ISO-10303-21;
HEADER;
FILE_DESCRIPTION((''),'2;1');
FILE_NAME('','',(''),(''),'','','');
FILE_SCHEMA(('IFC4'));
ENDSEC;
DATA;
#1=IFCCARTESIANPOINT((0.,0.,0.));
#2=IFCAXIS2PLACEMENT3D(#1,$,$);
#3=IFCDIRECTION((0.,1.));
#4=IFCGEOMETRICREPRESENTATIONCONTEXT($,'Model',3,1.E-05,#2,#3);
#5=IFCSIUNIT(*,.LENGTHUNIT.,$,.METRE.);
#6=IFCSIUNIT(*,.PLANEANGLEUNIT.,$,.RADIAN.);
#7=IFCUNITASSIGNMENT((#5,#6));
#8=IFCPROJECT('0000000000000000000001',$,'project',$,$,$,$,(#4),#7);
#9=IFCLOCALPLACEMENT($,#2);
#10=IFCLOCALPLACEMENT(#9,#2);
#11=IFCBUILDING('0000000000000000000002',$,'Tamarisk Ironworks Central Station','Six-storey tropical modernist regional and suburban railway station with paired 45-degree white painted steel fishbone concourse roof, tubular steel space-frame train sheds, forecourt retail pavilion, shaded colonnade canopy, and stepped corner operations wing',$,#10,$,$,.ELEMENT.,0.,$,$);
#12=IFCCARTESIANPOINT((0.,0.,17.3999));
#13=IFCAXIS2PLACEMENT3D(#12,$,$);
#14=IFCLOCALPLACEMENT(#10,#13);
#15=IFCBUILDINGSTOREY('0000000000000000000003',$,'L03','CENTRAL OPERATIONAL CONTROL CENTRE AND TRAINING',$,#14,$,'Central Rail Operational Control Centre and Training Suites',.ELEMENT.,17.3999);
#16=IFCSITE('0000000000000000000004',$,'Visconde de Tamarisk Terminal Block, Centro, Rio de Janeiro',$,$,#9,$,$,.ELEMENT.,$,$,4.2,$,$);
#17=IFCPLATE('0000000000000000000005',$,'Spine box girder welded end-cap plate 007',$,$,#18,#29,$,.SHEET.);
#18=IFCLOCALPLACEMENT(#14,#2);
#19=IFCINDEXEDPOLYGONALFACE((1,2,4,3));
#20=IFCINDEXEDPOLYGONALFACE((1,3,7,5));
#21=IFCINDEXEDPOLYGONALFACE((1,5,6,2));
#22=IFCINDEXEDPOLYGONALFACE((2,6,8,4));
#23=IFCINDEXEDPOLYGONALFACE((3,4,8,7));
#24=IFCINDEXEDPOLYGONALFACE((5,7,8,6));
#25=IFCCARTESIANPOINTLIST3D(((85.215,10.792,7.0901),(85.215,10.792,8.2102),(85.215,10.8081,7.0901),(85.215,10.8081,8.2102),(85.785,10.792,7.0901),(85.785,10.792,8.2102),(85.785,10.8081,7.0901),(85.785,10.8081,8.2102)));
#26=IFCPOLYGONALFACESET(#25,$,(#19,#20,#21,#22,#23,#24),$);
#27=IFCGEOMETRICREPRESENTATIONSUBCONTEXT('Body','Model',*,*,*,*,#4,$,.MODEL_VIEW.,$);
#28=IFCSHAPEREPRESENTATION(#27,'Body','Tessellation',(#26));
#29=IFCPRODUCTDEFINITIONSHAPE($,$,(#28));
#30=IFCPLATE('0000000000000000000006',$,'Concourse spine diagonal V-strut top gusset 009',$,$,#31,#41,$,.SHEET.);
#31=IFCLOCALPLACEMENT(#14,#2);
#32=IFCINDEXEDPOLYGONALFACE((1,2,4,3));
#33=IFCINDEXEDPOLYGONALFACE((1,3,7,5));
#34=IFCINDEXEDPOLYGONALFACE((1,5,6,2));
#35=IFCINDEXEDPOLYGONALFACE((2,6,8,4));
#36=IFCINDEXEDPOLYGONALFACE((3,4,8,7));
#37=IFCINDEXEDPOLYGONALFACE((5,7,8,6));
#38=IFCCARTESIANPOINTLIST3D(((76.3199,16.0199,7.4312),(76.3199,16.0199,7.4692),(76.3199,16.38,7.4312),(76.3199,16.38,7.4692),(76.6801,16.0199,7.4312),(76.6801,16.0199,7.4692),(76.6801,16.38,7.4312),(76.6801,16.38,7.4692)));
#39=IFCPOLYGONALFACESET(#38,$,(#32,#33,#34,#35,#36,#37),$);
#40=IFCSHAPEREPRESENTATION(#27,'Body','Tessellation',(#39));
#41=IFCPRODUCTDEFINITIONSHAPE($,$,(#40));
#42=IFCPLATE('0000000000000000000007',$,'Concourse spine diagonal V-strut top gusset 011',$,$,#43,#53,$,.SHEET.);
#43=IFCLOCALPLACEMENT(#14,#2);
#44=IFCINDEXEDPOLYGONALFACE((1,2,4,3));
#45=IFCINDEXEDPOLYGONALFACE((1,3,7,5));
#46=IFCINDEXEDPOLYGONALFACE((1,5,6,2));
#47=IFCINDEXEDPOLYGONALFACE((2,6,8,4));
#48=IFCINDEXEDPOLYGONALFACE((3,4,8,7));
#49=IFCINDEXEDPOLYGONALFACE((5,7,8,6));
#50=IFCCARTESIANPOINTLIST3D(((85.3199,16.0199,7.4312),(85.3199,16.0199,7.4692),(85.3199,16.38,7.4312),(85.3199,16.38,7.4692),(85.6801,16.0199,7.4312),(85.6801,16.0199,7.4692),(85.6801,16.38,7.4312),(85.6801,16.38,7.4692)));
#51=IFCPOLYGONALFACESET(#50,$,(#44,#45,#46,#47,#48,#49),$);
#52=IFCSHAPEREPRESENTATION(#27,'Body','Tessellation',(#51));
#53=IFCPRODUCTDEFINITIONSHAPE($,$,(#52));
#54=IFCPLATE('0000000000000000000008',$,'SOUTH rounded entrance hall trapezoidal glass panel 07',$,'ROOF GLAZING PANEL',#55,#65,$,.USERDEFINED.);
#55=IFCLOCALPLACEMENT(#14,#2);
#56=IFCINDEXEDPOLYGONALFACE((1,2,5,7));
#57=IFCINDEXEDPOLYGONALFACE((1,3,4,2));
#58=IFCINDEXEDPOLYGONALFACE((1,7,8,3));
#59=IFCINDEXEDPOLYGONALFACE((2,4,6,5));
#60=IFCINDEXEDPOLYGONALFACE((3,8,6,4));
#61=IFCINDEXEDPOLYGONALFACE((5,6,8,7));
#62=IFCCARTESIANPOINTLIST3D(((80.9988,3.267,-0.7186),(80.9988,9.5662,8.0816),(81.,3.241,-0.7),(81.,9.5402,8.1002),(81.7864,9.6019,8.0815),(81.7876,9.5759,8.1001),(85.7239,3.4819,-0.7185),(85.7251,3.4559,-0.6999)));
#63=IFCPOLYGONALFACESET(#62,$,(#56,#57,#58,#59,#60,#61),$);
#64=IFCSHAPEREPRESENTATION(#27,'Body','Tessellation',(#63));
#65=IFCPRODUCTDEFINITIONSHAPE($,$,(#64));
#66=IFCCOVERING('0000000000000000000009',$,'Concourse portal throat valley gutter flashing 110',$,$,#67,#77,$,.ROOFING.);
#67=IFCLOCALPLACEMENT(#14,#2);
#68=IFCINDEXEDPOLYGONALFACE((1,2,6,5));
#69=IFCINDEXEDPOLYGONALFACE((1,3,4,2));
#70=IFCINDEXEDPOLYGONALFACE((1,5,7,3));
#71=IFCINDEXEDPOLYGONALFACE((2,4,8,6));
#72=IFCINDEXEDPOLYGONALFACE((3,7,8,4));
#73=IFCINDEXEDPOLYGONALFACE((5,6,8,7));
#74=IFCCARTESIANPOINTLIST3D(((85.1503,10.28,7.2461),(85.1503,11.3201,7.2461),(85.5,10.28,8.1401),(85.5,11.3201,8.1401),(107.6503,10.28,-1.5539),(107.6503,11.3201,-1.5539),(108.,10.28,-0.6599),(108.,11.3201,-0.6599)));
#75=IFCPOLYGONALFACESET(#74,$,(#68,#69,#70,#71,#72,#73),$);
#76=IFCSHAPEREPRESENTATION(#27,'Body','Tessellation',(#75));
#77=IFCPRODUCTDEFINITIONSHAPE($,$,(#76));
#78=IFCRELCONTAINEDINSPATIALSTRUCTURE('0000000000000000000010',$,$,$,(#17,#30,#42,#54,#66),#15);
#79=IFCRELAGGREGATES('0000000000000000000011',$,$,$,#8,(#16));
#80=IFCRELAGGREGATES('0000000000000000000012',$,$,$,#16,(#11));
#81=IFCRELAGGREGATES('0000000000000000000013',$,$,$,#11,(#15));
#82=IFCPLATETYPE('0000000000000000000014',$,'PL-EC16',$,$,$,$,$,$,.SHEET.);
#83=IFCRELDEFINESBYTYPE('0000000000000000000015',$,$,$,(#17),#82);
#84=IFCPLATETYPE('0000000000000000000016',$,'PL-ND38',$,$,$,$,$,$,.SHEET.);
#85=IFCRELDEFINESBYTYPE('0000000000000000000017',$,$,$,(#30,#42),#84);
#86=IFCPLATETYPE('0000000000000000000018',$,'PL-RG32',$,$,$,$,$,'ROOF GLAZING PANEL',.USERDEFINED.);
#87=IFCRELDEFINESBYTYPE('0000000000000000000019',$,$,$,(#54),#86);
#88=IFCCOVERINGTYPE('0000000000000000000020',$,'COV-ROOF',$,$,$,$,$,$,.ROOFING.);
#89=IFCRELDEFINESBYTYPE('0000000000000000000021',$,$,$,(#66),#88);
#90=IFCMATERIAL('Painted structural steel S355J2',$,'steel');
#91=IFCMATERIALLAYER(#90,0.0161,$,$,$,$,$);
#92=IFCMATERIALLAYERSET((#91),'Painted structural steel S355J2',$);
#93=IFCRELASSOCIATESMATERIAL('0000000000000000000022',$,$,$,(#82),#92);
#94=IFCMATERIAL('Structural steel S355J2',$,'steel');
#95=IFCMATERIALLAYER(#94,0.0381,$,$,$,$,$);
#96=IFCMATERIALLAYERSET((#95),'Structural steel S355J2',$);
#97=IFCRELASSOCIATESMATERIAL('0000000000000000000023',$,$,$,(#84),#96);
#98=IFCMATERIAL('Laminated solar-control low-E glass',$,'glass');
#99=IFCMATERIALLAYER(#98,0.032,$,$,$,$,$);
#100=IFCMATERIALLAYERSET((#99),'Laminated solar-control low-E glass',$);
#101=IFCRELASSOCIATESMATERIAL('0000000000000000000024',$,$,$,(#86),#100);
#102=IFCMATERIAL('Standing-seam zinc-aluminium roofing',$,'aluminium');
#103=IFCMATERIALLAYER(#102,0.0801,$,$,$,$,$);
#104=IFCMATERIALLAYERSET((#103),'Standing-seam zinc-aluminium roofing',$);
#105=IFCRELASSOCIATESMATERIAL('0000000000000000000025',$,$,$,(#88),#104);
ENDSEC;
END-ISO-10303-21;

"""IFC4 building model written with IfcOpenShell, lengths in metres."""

from ifc_helpers import new_model, si_unit, direction, frame, origin, origin_2d, place, context, subcontext, project, spatial, polyline, rectangle, outline, extrude, material, layer, layer_set, type_object, element, save


model = new_model("IFC4")

# Units and contexts
model_context = context("Model", 3, precision=1e-05, world=origin(), true_north=direction((0.0, 1.0)))
body_context = subcontext(model_context, "Body", "Model", "MODEL_VIEW")
ifc_project = project(units=[si_unit("LENGTHUNIT", "METRE"), si_unit("PLANEANGLEUNIT", "RADIAN")], contexts=[model_context])

# Site, building, storey
site_placement = place(None, origin())
site = spatial("IfcSite", under=ifc_project, at=site_placement, Name="Visconde de Tamarisk Terminal Block, Centro, Rio de Janeiro", CompositionType="ELEMENT", RefElevation=4.2)
building_placement = place(site_placement, origin())
building = spatial("IfcBuilding", under=site, at=building_placement, Name="Tamarisk Ironworks Central Station", Description="Six-storey tropical modernist regional and suburban railway station with paired 45-degree white painted steel fishbone concourse roof, tubular steel space-frame train sheds, forecourt retail pavilion, shaded colonnade canopy, and stepped corner operations wing", CompositionType="ELEMENT", ElevationOfRefHeight=0.0)
storey_placement = place(building_placement, frame((0.0, 0.0, 17.3999)))
storey = spatial("IfcBuildingStorey", under=building, at=storey_placement, Name="L03", Description="CENTRAL OPERATIONAL CONTROL CENTRE AND TRAINING", LongName="Central Rail Operational Control Centre and Training Suites", CompositionType="ELEMENT", Elevation=17.3999)

# Shared definitions
ifc_material_1 = material(Name="Structural steel S355J2", Category="steel")

# Shared definitions
ifc_material_2 = material(Name="Painted structural steel S355J2", Category="steel")

# Plates
ifc_layer_1 = layer(ifc_material_2, 0.0161)
ifc_layer_set_1 = layer_set([ifc_layer_1], Name="Painted structural steel S355J2")
plate_type_1 = type_object("IfcPlateType", Name="PL-EC16", PredefinedType="SHEET", material=ifc_layer_set_1)
for number, where, z_axis, x_axis, name in (
    (1, (85.5, 10.8, 7.0901), (0.0, 0.0, 1.0), (1.0, 0.0, 0.0), "Spine box girder welded end-cap plate 007"),
):
    element("IfcPlate", number, at=place(storey_placement, frame(where, z_axis=z_axis, x_axis=x_axis)), inside=storey, type_object=plate_type_1, Name=name, PredefinedType="SHEET", context=body_context, shape_type="SweptSolid", body=[
        extrude(rectangle(XDim=0.5701, YDim=0.0161, at=origin_2d()), origin(), (0.0, 0.0, 1.0), 1.1201),
    ])
ifc_layer_2 = layer(ifc_material_1, 0.0381)
ifc_layer_set_2 = layer_set([ifc_layer_2], Name="Structural steel S355J2")
plate_type_2 = type_object("IfcPlateType", Name="PL-ND38", PredefinedType="SHEET", material=ifc_layer_set_2)
for number, where, z_axis, x_axis, name in (
    (2, (76.5, 16.2, 7.4312), (0.0, 0.0, 1.0), (1.0, 0.0, 0.0), "Concourse spine diagonal V-strut top gusset 009"),
    (3, (85.5, 16.2, 7.4312), (0.0, 0.0, 1.0), (1.0, 0.0, 0.0), "Concourse spine diagonal V-strut top gusset 011"),
):
    element("IfcPlate", number, at=place(storey_placement, frame(where, z_axis=z_axis, x_axis=x_axis)), inside=storey, type_object=plate_type_2, Name=name, PredefinedType="SHEET", context=body_context, shape_type="SweptSolid", body=[
        extrude(rectangle(XDim=0.3601, YDim=0.3601, at=origin_2d()), origin(), (0.0, 0.0, 1.0), 0.0381),
    ])
ifc_material_3 = material(Name="Laminated solar-control low-E glass", Category="glass")
ifc_layer_3 = layer(ifc_material_3, 0.032)
ifc_layer_set_3 = layer_set([ifc_layer_3], Name="Laminated solar-control low-E glass")
plate_type_3 = type_object("IfcPlateType", Name="PL-RG32", ElementType="ROOF GLAZING PANEL", PredefinedType="USERDEFINED", material=ifc_layer_set_3)
plate_placement = place(storey_placement, frame((81.0, 3.241, -0.7), z_axis=(0.036959, -0.812592, 0.581659), x_axis=(0.998967, 0.045448, 0.000018)))
element("IfcPlate", 4, at=plate_placement, inside=storey, type_object=plate_type_3, Name="SOUTH rounded entrance hall trapezoidal glass panel 07", ObjectType="ROOF GLAZING PANEL", PredefinedType="USERDEFINED", context=body_context, shape_type="SweptSolid", body=[
    extrude(outline(polyline([(0.0, 0.0), (4.73, 0.0), (1.0749, 10.8184), (0.2865, 10.8185), (0.0, 0.0)])), origin(), (0.0, 0.0, -1.0), 0.032),
])

# Covering
ifc_material_4 = material(Name="Standing-seam zinc-aluminium roofing", Category="aluminium")
ifc_layer_4 = layer(ifc_material_4, 0.0801)
ifc_layer_set_4 = layer_set([ifc_layer_4], Name="Standing-seam zinc-aluminium roofing")
covering_type = type_object("IfcCoveringType", Name="COV-ROOF", PredefinedType="ROOFING", material=ifc_layer_set_4)
covering_placement = place(storey_placement, frame((85.5, 10.28, 8.1401), z_axis=(0.364245, 0.0, 0.931303), x_axis=(0.931303, 0.0, -0.364245)))
element("IfcCovering", 5, at=covering_placement, inside=storey, type_object=covering_type, Name="Concourse portal throat valley gutter flashing 110", PredefinedType="ROOFING", context=body_context, shape_type="SweptSolid", body=[
    extrude(outline(polyline([(0.0, 0.0), (24.1597, 0.0), (24.1597, 1.04), (0.0, 1.04), (0.0, 0.0)])), origin(), (0.0, 0.0, -1.0), 0.96),
])

save(model, "model.ifc")
